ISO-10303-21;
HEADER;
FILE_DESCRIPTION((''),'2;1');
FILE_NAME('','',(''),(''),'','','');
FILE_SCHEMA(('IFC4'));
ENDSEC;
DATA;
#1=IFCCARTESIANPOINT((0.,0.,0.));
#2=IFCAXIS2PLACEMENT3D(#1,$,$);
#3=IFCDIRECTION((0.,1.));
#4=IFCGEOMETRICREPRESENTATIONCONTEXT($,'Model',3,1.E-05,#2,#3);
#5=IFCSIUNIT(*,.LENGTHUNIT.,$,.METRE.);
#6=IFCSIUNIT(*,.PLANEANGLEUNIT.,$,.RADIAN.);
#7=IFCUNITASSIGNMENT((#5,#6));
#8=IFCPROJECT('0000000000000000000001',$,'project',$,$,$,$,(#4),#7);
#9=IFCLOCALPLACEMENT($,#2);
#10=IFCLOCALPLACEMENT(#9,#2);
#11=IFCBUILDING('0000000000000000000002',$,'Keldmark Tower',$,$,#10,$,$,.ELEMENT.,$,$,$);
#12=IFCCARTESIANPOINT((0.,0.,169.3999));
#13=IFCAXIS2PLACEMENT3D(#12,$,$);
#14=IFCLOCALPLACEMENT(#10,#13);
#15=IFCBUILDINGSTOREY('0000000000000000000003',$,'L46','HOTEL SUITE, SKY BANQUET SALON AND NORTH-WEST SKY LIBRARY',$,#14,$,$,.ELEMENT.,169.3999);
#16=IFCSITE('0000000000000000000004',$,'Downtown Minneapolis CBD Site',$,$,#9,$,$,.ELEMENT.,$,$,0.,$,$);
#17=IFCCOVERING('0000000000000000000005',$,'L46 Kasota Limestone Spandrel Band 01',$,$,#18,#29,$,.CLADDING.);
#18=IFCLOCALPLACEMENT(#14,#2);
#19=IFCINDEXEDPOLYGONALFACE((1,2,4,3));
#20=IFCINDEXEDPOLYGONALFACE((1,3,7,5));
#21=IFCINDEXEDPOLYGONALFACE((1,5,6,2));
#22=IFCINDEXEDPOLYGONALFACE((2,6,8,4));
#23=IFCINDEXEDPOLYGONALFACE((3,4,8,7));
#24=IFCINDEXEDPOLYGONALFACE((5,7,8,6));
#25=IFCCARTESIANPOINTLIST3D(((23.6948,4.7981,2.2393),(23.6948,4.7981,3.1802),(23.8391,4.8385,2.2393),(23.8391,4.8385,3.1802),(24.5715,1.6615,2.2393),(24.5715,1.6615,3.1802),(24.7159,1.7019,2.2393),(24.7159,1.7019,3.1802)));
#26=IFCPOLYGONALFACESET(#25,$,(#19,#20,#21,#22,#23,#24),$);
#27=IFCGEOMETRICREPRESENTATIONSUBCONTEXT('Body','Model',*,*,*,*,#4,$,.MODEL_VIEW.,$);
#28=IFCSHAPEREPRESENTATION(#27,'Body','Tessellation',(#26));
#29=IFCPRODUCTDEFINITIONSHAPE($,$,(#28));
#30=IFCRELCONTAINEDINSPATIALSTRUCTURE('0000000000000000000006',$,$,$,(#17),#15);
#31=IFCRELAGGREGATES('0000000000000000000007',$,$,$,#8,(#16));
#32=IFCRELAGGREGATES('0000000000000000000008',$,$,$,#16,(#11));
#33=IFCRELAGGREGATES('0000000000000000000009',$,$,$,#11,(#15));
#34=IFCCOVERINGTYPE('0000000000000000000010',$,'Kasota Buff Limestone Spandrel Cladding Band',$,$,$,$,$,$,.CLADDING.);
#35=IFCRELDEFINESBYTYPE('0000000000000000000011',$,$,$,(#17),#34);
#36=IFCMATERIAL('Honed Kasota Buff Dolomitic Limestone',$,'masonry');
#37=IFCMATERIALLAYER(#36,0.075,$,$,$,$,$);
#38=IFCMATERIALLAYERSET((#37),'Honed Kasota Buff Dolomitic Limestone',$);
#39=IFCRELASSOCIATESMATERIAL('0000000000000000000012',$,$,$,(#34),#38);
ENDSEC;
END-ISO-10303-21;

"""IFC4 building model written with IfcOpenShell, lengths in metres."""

from ifc_helpers import new_model, si_unit, direction, frame, origin, origin_2d, place, context, subcontext, project, spatial, rectangle, extrude, material, layer, layer_set, type_object, element, save


model = new_model("IFC4")

# Units and contexts
model_context = context("Model", 3, precision=1e-05, world=origin(), true_north=direction((0.0, 1.0)))
body_context = subcontext(model_context, "Body", "Model", "MODEL_VIEW")
ifc_project = project(units=[si_unit("LENGTHUNIT", "METRE"), si_unit("PLANEANGLEUNIT", "RADIAN")], contexts=[model_context])

# Site, building, storey
site_placement = place(None, origin())
site = spatial("IfcSite", under=ifc_project, at=site_placement, Name="Downtown Minneapolis CBD Site", CompositionType="ELEMENT", RefElevation=0.0)
building_placement = place(site_placement, origin())
building = spatial("IfcBuilding", under=site, at=building_placement, Name="Keldmark Tower", CompositionType="ELEMENT")
storey_placement = place(building_placement, frame((0.0, 0.0, 169.3999)))
storey = spatial("IfcBuildingStorey", under=building, at=storey_placement, Name="L46", Description="HOTEL SUITE, SKY BANQUET SALON AND NORTH-WEST SKY LIBRARY", CompositionType="ELEMENT", Elevation=169.3999)

# Covering
ifc_material_1 = material(Name="Honed Kasota Buff Dolomitic Limestone", Category="masonry")
ifc_layer_1 = layer(ifc_material_1, 0.075)
ifc_layer_set_1 = layer_set([ifc_layer_1], Name="Honed Kasota Buff Dolomitic Limestone")
covering_type = type_object("IfcCoveringType", Name="Kasota Buff Limestone Spandrel Cladding Band", PredefinedType="CLADDING", material=ifc_layer_set_1)
covering_placement = place(storey_placement, frame((24.2053, 3.25, 2.2393), z_axis=(0.0, 0.0, 1.0), x_axis=(-0.269206, 0.963083, 0.0)))
element("IfcCovering", 1, at=covering_placement, inside=storey, type_object=covering_type, Name="L46 Kasota Limestone Spandrel Band 01", PredefinedType="CLADDING", context=body_context, shape_type="SweptSolid", body=[
    extrude(rectangle(XDim=3.2568, YDim=0.1499, at=origin_2d()), origin(), (0.0, 0.0, 1.0), 0.9409),
])

save(model, "model.ifc")
